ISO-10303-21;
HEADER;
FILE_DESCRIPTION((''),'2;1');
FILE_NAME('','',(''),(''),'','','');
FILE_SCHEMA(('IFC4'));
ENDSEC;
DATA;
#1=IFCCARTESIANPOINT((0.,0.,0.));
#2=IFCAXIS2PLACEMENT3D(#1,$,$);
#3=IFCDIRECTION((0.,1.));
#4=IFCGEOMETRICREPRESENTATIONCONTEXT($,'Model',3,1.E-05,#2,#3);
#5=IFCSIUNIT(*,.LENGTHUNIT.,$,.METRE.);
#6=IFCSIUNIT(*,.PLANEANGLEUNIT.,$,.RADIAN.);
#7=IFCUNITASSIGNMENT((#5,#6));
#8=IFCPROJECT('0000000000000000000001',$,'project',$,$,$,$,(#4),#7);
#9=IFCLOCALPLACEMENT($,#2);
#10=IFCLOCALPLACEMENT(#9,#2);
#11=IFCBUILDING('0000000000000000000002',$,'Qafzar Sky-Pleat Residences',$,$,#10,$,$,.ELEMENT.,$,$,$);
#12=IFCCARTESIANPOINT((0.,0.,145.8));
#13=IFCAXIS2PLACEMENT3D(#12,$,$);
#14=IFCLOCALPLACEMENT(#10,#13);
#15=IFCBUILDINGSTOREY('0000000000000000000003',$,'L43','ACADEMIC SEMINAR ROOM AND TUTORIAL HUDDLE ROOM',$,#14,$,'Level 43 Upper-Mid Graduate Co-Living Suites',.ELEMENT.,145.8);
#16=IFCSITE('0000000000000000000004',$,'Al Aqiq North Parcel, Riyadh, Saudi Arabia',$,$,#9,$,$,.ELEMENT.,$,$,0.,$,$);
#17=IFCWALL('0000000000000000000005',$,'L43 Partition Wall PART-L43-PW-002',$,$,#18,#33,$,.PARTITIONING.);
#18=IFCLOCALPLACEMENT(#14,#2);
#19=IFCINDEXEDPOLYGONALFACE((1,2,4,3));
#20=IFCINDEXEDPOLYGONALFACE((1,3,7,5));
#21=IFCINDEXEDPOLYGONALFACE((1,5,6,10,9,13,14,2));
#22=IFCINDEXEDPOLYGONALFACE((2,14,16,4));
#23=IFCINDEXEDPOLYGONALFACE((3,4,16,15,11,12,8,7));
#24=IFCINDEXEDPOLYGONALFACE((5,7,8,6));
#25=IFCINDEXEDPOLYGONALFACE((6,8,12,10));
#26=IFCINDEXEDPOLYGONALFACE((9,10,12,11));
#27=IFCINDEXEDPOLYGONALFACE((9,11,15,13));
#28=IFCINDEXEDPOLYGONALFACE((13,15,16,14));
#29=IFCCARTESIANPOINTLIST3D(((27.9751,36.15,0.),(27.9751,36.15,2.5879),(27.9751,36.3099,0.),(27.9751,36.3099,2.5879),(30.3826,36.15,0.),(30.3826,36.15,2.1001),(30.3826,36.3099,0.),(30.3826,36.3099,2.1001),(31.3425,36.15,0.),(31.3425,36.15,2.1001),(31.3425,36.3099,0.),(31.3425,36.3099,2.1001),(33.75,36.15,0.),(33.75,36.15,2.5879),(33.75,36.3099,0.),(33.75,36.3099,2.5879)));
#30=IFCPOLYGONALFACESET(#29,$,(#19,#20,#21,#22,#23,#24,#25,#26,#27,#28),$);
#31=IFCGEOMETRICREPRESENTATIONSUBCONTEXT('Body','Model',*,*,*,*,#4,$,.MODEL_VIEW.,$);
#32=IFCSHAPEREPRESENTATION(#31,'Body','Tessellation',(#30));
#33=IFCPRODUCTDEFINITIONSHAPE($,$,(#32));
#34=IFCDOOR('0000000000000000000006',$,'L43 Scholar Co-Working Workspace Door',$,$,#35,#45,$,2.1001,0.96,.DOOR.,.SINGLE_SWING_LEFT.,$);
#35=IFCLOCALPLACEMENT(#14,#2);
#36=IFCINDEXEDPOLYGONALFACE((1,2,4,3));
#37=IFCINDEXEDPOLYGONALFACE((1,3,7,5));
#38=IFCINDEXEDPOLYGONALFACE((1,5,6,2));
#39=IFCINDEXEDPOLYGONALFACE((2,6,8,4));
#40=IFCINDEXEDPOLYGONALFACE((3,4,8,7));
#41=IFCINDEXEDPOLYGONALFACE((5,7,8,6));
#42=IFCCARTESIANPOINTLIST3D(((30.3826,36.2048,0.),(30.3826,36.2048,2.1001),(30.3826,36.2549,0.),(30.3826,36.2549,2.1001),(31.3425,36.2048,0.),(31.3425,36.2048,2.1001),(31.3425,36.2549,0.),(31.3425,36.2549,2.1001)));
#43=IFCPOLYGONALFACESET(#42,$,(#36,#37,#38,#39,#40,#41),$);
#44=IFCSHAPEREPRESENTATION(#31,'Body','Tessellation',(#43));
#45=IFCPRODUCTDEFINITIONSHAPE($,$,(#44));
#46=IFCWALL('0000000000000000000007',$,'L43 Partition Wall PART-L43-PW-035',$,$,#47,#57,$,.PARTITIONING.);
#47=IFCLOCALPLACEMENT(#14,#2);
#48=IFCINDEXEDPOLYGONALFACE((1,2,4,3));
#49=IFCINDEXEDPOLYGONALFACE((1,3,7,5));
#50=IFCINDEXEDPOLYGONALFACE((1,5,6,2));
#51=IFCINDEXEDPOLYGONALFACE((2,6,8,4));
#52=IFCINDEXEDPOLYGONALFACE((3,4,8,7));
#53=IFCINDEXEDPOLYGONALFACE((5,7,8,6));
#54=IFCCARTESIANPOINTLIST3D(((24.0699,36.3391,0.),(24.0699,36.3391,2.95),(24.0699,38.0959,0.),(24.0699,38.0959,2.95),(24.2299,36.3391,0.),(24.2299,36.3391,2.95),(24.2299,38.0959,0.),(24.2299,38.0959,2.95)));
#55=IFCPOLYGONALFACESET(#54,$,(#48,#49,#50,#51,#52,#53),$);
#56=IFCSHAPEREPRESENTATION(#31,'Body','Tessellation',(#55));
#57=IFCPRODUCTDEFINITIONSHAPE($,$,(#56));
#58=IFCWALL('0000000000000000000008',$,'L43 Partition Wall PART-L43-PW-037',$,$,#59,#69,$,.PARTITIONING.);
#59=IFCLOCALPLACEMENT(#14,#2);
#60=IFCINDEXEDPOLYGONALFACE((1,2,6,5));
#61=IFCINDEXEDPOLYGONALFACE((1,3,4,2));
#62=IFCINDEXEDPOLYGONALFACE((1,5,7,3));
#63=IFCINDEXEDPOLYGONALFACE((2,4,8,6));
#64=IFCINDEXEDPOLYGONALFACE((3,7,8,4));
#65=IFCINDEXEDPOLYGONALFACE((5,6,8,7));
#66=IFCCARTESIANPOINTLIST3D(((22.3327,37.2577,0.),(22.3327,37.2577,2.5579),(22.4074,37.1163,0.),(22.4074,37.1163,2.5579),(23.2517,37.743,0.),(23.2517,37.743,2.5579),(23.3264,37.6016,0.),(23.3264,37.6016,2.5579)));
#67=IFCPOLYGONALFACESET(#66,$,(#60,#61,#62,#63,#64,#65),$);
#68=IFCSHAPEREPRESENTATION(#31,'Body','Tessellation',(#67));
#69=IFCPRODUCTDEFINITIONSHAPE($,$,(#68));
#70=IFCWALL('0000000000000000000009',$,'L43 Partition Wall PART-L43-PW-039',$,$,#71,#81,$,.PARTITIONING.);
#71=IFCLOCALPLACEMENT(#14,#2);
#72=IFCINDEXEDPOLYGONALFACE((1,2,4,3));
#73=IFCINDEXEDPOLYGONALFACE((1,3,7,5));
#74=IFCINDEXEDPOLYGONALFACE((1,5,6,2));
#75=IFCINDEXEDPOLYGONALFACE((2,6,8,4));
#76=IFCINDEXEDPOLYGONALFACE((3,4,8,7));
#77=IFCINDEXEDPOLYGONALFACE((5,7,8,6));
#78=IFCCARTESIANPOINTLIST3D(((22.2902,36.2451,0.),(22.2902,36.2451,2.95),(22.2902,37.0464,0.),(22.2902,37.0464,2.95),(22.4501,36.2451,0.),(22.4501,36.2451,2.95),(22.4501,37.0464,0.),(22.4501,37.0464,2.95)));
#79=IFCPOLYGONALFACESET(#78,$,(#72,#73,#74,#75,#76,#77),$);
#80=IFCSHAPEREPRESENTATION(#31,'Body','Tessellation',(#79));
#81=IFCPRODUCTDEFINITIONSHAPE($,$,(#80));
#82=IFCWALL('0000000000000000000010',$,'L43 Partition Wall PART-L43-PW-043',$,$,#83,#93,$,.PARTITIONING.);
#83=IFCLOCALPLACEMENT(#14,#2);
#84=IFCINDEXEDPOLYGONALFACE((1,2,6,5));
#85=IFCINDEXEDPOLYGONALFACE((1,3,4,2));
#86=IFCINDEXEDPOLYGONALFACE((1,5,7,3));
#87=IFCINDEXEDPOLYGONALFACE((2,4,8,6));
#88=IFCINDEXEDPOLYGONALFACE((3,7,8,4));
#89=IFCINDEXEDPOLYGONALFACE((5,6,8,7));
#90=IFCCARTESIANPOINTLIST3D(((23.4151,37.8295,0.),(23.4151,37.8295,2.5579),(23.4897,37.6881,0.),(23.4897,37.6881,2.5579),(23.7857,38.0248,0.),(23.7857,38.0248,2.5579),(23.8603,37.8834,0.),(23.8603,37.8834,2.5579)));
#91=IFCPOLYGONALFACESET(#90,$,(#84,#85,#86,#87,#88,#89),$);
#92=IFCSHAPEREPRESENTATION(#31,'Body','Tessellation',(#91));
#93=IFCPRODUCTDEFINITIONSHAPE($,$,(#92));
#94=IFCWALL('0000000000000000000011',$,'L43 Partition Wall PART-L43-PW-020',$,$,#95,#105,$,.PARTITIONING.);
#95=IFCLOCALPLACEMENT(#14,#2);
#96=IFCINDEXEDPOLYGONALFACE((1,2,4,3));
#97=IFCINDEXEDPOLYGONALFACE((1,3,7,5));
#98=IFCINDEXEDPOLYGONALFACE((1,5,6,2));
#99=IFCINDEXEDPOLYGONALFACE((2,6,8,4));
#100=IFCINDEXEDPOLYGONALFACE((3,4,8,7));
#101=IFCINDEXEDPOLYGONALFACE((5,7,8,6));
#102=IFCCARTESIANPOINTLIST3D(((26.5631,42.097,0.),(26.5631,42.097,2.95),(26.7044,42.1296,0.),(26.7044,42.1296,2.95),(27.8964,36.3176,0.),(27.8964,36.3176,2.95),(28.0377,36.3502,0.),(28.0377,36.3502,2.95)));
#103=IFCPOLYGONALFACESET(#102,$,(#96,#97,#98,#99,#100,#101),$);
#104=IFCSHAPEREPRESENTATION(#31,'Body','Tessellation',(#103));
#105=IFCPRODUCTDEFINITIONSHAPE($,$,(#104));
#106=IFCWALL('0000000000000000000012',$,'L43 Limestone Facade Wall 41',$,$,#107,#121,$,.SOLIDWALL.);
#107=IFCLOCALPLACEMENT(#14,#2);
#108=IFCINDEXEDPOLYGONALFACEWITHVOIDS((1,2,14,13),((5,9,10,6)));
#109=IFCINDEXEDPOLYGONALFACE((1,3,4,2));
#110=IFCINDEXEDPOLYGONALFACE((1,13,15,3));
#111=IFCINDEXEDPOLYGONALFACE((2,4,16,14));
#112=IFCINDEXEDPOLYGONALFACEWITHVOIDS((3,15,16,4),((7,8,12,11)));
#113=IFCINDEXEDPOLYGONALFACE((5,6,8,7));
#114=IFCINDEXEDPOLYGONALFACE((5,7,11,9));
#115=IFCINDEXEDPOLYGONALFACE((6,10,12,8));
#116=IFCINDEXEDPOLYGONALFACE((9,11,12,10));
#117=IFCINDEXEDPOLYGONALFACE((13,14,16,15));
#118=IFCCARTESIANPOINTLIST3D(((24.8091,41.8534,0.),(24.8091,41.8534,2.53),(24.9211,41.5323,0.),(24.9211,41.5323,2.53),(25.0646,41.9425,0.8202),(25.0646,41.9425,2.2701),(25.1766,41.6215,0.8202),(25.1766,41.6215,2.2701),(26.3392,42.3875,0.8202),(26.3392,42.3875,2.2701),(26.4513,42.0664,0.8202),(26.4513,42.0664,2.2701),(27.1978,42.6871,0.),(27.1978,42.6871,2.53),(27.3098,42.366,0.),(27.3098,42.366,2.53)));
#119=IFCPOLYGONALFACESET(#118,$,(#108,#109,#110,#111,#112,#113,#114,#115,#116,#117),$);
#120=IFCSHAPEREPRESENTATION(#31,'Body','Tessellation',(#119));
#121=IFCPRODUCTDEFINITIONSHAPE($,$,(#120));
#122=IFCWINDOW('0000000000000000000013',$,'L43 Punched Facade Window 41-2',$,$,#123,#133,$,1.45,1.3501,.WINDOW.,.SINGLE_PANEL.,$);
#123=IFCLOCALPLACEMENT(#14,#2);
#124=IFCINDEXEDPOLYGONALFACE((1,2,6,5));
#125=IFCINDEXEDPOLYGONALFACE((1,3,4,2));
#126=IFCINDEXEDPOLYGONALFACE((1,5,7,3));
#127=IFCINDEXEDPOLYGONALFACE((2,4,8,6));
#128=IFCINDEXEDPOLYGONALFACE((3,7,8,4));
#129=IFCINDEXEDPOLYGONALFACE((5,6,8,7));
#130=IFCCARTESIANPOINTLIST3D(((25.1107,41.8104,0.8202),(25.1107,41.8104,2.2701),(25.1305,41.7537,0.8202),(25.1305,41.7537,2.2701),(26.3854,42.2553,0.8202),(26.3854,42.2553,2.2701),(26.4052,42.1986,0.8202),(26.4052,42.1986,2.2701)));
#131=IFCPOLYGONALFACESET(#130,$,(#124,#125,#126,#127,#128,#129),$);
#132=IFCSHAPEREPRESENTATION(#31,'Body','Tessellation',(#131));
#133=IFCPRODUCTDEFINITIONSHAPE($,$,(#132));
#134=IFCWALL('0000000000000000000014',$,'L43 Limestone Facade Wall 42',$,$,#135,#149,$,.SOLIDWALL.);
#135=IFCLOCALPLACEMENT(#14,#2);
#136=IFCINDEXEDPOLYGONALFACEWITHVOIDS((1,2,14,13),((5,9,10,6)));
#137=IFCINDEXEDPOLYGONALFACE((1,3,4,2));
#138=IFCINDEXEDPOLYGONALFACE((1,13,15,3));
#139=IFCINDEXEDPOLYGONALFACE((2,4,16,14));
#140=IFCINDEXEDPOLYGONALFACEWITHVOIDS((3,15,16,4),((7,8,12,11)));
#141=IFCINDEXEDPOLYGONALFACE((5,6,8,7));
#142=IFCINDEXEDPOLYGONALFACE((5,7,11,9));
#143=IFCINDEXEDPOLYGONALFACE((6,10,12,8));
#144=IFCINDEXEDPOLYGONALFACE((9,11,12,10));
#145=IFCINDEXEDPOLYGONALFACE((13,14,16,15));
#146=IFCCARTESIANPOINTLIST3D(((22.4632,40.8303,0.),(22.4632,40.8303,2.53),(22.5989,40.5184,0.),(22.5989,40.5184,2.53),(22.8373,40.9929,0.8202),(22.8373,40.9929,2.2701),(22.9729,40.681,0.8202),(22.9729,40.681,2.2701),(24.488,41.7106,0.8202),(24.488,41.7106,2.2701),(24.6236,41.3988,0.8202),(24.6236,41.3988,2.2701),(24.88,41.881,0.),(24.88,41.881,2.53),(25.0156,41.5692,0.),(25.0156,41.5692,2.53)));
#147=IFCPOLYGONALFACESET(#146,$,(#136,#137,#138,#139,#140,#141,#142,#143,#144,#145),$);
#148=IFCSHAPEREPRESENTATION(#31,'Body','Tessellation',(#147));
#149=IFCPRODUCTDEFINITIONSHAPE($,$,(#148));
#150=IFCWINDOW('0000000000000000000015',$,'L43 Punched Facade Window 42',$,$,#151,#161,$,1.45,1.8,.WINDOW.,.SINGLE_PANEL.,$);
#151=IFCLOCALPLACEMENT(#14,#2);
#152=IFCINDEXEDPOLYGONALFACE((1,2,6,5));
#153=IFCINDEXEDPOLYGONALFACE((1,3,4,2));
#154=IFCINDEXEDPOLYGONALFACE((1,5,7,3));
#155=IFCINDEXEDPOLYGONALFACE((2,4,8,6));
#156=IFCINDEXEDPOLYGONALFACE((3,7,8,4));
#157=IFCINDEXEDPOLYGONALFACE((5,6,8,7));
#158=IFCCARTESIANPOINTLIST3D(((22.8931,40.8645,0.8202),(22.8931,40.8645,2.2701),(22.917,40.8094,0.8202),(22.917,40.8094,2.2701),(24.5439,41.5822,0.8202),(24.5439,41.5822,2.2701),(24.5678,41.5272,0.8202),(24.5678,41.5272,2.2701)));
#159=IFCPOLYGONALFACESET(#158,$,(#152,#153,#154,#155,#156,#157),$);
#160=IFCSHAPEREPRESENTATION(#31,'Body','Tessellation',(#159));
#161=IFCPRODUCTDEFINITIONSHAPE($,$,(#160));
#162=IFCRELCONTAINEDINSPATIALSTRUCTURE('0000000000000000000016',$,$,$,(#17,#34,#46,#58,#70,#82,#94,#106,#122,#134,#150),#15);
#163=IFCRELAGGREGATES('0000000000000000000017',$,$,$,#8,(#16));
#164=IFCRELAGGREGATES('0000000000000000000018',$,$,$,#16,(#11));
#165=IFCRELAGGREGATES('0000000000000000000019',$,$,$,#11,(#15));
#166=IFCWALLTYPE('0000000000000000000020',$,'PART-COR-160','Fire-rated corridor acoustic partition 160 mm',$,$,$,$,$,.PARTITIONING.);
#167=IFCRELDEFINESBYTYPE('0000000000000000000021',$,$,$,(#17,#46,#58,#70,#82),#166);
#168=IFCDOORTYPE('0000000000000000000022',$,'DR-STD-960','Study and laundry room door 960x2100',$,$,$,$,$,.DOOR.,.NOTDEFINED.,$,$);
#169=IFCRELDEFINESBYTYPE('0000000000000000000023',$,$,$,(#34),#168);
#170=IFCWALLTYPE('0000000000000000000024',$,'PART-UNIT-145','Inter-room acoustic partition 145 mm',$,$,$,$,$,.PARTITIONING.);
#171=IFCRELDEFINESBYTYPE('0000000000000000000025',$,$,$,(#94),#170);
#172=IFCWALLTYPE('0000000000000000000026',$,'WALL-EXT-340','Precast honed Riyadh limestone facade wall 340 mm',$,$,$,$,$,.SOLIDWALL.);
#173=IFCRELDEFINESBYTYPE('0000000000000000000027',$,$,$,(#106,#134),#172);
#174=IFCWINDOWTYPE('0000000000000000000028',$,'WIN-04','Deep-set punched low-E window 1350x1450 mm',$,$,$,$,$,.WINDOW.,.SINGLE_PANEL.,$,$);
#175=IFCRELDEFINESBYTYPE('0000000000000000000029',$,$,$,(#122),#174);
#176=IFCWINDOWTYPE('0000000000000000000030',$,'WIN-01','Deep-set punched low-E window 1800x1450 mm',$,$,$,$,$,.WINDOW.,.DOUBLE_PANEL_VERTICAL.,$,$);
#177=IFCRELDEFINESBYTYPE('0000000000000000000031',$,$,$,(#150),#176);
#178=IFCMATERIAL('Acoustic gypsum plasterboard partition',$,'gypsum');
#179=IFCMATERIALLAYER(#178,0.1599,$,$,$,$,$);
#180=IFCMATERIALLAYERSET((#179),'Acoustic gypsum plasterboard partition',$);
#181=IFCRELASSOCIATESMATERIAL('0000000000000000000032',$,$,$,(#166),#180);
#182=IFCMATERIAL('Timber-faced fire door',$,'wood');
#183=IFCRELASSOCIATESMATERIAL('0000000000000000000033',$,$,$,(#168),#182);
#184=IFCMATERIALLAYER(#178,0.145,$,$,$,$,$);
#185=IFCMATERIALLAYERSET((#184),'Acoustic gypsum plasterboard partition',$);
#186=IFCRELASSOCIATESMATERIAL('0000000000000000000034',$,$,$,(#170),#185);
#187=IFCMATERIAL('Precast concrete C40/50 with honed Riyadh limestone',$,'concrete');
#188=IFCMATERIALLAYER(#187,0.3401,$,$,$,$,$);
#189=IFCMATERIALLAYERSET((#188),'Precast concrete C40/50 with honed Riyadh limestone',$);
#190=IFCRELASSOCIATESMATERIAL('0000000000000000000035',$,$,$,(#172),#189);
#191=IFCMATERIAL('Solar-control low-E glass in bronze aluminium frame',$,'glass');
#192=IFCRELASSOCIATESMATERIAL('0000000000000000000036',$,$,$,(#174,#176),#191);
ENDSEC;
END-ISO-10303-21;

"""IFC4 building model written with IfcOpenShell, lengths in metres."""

from ifc_helpers import new_model, si_unit, direction, frame, frame_2d, origin, place, context, subcontext, project, spatial, rectangle, extrude, source, transform, mapped, material, layer, layer_set, type_object, element, fill, save


model = new_model("IFC4")

# Units and contexts
model_context = context("Model", 3, precision=1e-05, world=origin(), true_north=direction((0.0, 1.0)))
body_context = subcontext(model_context, "Body", "Model", "MODEL_VIEW")
ifc_project = project(units=[si_unit("LENGTHUNIT", "METRE"), si_unit("PLANEANGLEUNIT", "RADIAN")], contexts=[model_context])

# Site, building, storey
site_placement = place(None, origin())
site = spatial("IfcSite", under=ifc_project, at=site_placement, Name="Al Aqiq North Parcel, Riyadh, Saudi Arabia", CompositionType="ELEMENT", RefElevation=0.0)
building_placement = place(site_placement, origin())
building = spatial("IfcBuilding", under=site, at=building_placement, Name="Qafzar Sky-Pleat Residences", CompositionType="ELEMENT")
storey_placement = place(building_placement, frame((0.0, 0.0, 145.8)))
storey = spatial("IfcBuildingStorey", under=building, at=storey_placement, Name="L43", Description="ACADEMIC SEMINAR ROOM AND TUTORIAL HUDDLE ROOM", LongName="Level 43 Upper-Mid Graduate Co-Living Suites", CompositionType="ELEMENT", Elevation=145.8)

# Wall, opening, door
ifc_material_1 = material(Name="Acoustic gypsum plasterboard partition", Category="gypsum")
ifc_layer_1 = layer(ifc_material_1, 0.1599)
ifc_layer_set_1 = layer_set([ifc_layer_1], Name="Acoustic gypsum plasterboard partition")
wall_type_1 = type_object("IfcWallType", Name="PART-COR-160", Description="Fire-rated corridor acoustic partition 160 mm", PredefinedType="PARTITIONING", material=ifc_layer_set_1)
wall_1_placement = place(storey_placement, frame((27.9751, 36.23, 0.0), z_axis=(0.0, 0.0, 1.0), x_axis=(1.0, 0.0, 0.0)))
wall_1 = element("IfcWall", 1, at=wall_1_placement, inside=storey, type_object=wall_type_1, Name="L43 Partition Wall PART-L43-PW-002", PredefinedType="PARTITIONING", context=body_context, shape_type="SweptSolid", body=[
    extrude(rectangle(XDim=5.7749, YDim=0.1599, at=frame_2d((2.8875, 0.0))), origin(), (0.0, 0.0, 1.0), 2.5879),
])
opening_1_placement = place(wall_1_placement, frame((2.4075, 0.0, 0.0)))
opening_1 = element("IfcOpeningElement", 2, at=opening_1_placement, cuts=wall_1, PredefinedType="OPENING", context=body_context, shape_type="SweptSolid", body=[
    extrude(rectangle(XDim=0.96, YDim=2.1001, at=frame_2d((0.48, 1.05))), frame((0.0, 0.0898, 0.0), z_axis=(0.0, -1.0, 0.0), x_axis=(1.0, 0.0, 0.0)), (0.0, 0.0, 1.0), 0.1799),
])
ifc_material_2 = material(Name="Timber-faced fire door", Category="wood")
door_type = type_object("IfcDoorType", Name="DR-STD-960", Description="Study and laundry room door 960x2100", OperationType="NOTDEFINED", PredefinedType="DOOR", material=ifc_material_2)
shared_shape_1 = source(origin(), body_context, "Body", "SweptSolid", [
    extrude(rectangle(XDim=0.96, YDim=2.1001, at=frame_2d((0.48, 1.05))), frame((0.0, 0.0249, 0.0), z_axis=(0.0, -1.0, 0.0), x_axis=(1.0, 0.0, 0.0)), (0.0, 0.0, 1.0), 0.05),
])
door_placement = place(opening_1_placement, origin())
door = element("IfcDoor", 3, at=door_placement, inside=storey, type_object=door_type, Name="L43 Scholar Co-Working Workspace Door", OperationType="SINGLE_SWING_LEFT", OverallHeight=2.1001, OverallWidth=0.96, PredefinedType="DOOR", context=body_context, shape_type="MappedRepresentation", body=[
    mapped(shared_shape_1, transform((0.0, 0.0, 0.0), x_axis=(1.0, 0.0, 0.0), y_axis=(0.0, 1.0, 0.0), z_axis=(0.0, 0.0, 1.0), scale=1.0)),
])
fill(opening_1, door)

# Walls
wall_2_placement = place(storey_placement, frame((24.1499, 36.3391, 0.0), z_axis=(0.0, 0.0, 1.0), x_axis=(0.0, 1.0, 0.0)))
element("IfcWall", 4, at=wall_2_placement, inside=storey, type_object=wall_type_1, Name="L43 Partition Wall PART-L43-PW-035", PredefinedType="PARTITIONING", context=body_context, shape_type="SweptSolid", body=[
    extrude(rectangle(XDim=1.7568, YDim=0.1599, at=frame_2d((0.8784, 0.0))), origin(), (0.0, 0.0, 1.0), 2.95),
])
wall_3_placement = place(storey_placement, frame((22.3701, 37.187, 0.0), z_axis=(0.0, 0.0, 1.0), x_axis=(0.884245, 0.467024, 0.0)))
element("IfcWall", 5, at=wall_3_placement, inside=storey, type_object=wall_type_1, Name="L43 Partition Wall PART-L43-PW-037", PredefinedType="PARTITIONING", context=body_context, shape_type="SweptSolid", body=[
    extrude(rectangle(XDim=1.0393, YDim=0.1599, at=frame_2d((0.5195, 0.0))), origin(), (0.0, 0.0, 1.0), 2.5579),
])
wall_4_placement = place(storey_placement, frame((22.3701, 36.2451, 0.0), z_axis=(0.0, 0.0, 1.0), x_axis=(0.0, 1.0, 0.0)))
element("IfcWall", 6, at=wall_4_placement, inside=storey, type_object=wall_type_1, Name="L43 Partition Wall PART-L43-PW-039", PredefinedType="PARTITIONING", context=body_context, shape_type="SweptSolid", body=[
    extrude(rectangle(XDim=0.8013, YDim=0.1599, at=frame_2d((0.4006, 0.0))), origin(), (0.0, 0.0, 1.0), 2.95),
])
wall_5_placement = place(storey_placement, frame((23.4524, 37.7588, 0.0), z_axis=(0.0, 0.0, 1.0), x_axis=(0.884665, 0.466227, 0.0)))
element("IfcWall", 7, at=wall_5_placement, inside=storey, type_object=wall_type_1, Name="L43 Partition Wall PART-L43-PW-043", PredefinedType="PARTITIONING", context=body_context, shape_type="SweptSolid", body=[
    extrude(rectangle(XDim=0.4189, YDim=0.1599, at=frame_2d((0.2095, 0.0))), origin(), (0.0, 0.0, 1.0), 2.5579),
])
ifc_layer_2 = layer(ifc_material_1, 0.145)
ifc_layer_set_2 = layer_set([ifc_layer_2], Name="Acoustic gypsum plasterboard partition")
wall_type_2 = type_object("IfcWallType", Name="PART-UNIT-145", Description="Inter-room acoustic partition 145 mm", PredefinedType="PARTITIONING", material=ifc_layer_set_2)
wall_6_placement = place(storey_placement, frame((26.6338, 42.1133, 0.0), z_axis=(0.0, 0.0, 1.0), x_axis=(0.22479, -0.974407, 0.0)))
element("IfcWall", 8, at=wall_6_placement, inside=storey, type_object=wall_type_2, Name="L43 Partition Wall PART-L43-PW-020", PredefinedType="PARTITIONING", context=body_context, shape_type="SweptSolid", body=[
    extrude(rectangle(XDim=5.9312, YDim=0.145, at=frame_2d((2.9656, 0.0))), origin(), (0.0, 0.0, 1.0), 2.95),
])

# Walls, openings, windows
ifc_material_3 = material(Name="Precast concrete C40/50 with honed Riyadh limestone", Category="concrete")
ifc_layer_3 = layer(ifc_material_3, 0.3401)
ifc_layer_set_3 = layer_set([ifc_layer_3], Name="Precast concrete C40/50 with honed Riyadh limestone")
wall_type_3 = type_object("IfcWallType", Name="WALL-EXT-340", Description="Precast honed Riyadh limestone facade wall 340 mm", PredefinedType="SOLIDWALL", material=ifc_layer_set_3)
wall_7_placement = place(storey_placement, frame((27.2539, 42.5266, 0.0), z_axis=(0.0, 0.0, 1.0), x_axis=(-0.944141, -0.329542, 0.0)))
wall_7 = element("IfcWall", 9, at=wall_7_placement, inside=storey, type_object=wall_type_3, Name="L43 Limestone Facade Wall 41", PredefinedType="SOLIDWALL", context=body_context, shape_type="SweptSolid", body=[
    extrude(rectangle(XDim=2.53, YDim=0.3401, at=frame_2d((1.2651, 0.0))), origin(), (0.0, 0.0, 1.0), 2.53),
])
opening_2_placement = place(wall_7_placement, frame((0.9094, 0.0, 0.8201)))
opening_2 = element("IfcOpeningElement", 10, at=opening_2_placement, cuts=wall_7, PredefinedType="OPENING", context=body_context, shape_type="SweptSolid", body=[
    extrude(rectangle(XDim=1.3501, YDim=1.45, at=frame_2d((0.675, 0.7251))), frame((0.0, 0.1802, 0.0), z_axis=(0.0, -1.0, 0.0), x_axis=(1.0, 0.0, 0.0)), (0.0, 0.0, 1.0), 0.3601),
])
ifc_material_4 = material(Name="Solar-control low-E glass in bronze aluminium frame", Category="glass")
window_type_1 = type_object("IfcWindowType", Name="WIN-04", Description="Deep-set punched low-E window 1350x1450 mm", PartitioningType="SINGLE_PANEL", PredefinedType="WINDOW", material=ifc_material_4)
shared_shape_2 = source(origin(), body_context, "Body", "SweptSolid", [
    extrude(rectangle(XDim=1.3501, YDim=1.45, at=frame_2d((0.675, 0.7251))), frame((0.0, 0.03, 0.0), z_axis=(0.0, -1.0, 0.0), x_axis=(1.0, 0.0, 0.0)), (0.0, 0.0, 1.0), 0.0601),
])
window_1_placement = place(opening_2_placement, origin())
window_1 = element("IfcWindow", 11, at=window_1_placement, inside=storey, type_object=window_type_1, Name="L43 Punched Facade Window 41-2", OverallHeight=1.45, OverallWidth=1.3501, PartitioningType="SINGLE_PANEL", PredefinedType="WINDOW", context=body_context, shape_type="MappedRepresentation", body=[
    mapped(shared_shape_2, transform((0.0, 0.0, 0.0), x_axis=(1.0, 0.0, 0.0), y_axis=(0.0, 1.0, 0.0), z_axis=(0.0, 0.0, 1.0), scale=1.0)),
])
fill(opening_2, window_1)
wall_8_placement = place(storey_placement, frame((24.9478, 41.7251, 0.0), z_axis=(0.0, 0.0, 1.0), x_axis=(-0.917067, -0.398733, 0.0)))
wall_8 = element("IfcWall", 12, at=wall_8_placement, inside=storey, type_object=wall_type_3, Name="L43 Limestone Facade Wall 42", PredefinedType="SOLIDWALL", context=body_context, shape_type="SweptSolid", body=[
    extrude(rectangle(XDim=2.6353, YDim=0.3401, at=frame_2d((1.3176, 0.0))), origin(), (0.0, 0.0, 1.0), 2.53),
])
opening_3_placement = place(wall_8_placement, frame((0.4275, 0.0, 0.8201)))
opening_3 = element("IfcOpeningElement", 13, at=opening_3_placement, cuts=wall_8, PredefinedType="OPENING", context=body_context, shape_type="SweptSolid", body=[
    extrude(rectangle(XDim=1.8, YDim=1.45, at=frame_2d((0.8999, 0.7251))), frame((0.0, 0.1802, 0.0), z_axis=(0.0, -1.0, 0.0), x_axis=(1.0, 0.0, 0.0)), (0.0, 0.0, 1.0), 0.3601),
])
window_type_2 = type_object("IfcWindowType", Name="WIN-01", Description="Deep-set punched low-E window 1800x1450 mm", PartitioningType="DOUBLE_PANEL_VERTICAL", PredefinedType="WINDOW", material=ifc_material_4)
shared_shape_3 = source(origin(), body_context, "Body", "SweptSolid", [
    extrude(rectangle(XDim=1.8, YDim=1.45, at=frame_2d((0.8999, 0.7251))), frame((0.0, 0.03, 0.0), z_axis=(0.0, -1.0, 0.0), x_axis=(1.0, 0.0, 0.0)), (0.0, 0.0, 1.0), 0.0601),
])
window_2_placement = place(opening_3_placement, origin())
window_2 = element("IfcWindow", 14, at=window_2_placement, inside=storey, type_object=window_type_2, Name="L43 Punched Facade Window 42", OverallHeight=1.45, OverallWidth=1.8, PartitioningType="SINGLE_PANEL", PredefinedType="WINDOW", context=body_context, shape_type="MappedRepresentation", body=[
    mapped(shared_shape_3, transform((0.0, 0.0, 0.0), x_axis=(1.0, 0.0, 0.0), y_axis=(0.0, 1.0, 0.0), z_axis=(0.0, 0.0, 1.0), scale=1.0)),
])
fill(opening_3, window_2)

save(model, "model.ifc")
